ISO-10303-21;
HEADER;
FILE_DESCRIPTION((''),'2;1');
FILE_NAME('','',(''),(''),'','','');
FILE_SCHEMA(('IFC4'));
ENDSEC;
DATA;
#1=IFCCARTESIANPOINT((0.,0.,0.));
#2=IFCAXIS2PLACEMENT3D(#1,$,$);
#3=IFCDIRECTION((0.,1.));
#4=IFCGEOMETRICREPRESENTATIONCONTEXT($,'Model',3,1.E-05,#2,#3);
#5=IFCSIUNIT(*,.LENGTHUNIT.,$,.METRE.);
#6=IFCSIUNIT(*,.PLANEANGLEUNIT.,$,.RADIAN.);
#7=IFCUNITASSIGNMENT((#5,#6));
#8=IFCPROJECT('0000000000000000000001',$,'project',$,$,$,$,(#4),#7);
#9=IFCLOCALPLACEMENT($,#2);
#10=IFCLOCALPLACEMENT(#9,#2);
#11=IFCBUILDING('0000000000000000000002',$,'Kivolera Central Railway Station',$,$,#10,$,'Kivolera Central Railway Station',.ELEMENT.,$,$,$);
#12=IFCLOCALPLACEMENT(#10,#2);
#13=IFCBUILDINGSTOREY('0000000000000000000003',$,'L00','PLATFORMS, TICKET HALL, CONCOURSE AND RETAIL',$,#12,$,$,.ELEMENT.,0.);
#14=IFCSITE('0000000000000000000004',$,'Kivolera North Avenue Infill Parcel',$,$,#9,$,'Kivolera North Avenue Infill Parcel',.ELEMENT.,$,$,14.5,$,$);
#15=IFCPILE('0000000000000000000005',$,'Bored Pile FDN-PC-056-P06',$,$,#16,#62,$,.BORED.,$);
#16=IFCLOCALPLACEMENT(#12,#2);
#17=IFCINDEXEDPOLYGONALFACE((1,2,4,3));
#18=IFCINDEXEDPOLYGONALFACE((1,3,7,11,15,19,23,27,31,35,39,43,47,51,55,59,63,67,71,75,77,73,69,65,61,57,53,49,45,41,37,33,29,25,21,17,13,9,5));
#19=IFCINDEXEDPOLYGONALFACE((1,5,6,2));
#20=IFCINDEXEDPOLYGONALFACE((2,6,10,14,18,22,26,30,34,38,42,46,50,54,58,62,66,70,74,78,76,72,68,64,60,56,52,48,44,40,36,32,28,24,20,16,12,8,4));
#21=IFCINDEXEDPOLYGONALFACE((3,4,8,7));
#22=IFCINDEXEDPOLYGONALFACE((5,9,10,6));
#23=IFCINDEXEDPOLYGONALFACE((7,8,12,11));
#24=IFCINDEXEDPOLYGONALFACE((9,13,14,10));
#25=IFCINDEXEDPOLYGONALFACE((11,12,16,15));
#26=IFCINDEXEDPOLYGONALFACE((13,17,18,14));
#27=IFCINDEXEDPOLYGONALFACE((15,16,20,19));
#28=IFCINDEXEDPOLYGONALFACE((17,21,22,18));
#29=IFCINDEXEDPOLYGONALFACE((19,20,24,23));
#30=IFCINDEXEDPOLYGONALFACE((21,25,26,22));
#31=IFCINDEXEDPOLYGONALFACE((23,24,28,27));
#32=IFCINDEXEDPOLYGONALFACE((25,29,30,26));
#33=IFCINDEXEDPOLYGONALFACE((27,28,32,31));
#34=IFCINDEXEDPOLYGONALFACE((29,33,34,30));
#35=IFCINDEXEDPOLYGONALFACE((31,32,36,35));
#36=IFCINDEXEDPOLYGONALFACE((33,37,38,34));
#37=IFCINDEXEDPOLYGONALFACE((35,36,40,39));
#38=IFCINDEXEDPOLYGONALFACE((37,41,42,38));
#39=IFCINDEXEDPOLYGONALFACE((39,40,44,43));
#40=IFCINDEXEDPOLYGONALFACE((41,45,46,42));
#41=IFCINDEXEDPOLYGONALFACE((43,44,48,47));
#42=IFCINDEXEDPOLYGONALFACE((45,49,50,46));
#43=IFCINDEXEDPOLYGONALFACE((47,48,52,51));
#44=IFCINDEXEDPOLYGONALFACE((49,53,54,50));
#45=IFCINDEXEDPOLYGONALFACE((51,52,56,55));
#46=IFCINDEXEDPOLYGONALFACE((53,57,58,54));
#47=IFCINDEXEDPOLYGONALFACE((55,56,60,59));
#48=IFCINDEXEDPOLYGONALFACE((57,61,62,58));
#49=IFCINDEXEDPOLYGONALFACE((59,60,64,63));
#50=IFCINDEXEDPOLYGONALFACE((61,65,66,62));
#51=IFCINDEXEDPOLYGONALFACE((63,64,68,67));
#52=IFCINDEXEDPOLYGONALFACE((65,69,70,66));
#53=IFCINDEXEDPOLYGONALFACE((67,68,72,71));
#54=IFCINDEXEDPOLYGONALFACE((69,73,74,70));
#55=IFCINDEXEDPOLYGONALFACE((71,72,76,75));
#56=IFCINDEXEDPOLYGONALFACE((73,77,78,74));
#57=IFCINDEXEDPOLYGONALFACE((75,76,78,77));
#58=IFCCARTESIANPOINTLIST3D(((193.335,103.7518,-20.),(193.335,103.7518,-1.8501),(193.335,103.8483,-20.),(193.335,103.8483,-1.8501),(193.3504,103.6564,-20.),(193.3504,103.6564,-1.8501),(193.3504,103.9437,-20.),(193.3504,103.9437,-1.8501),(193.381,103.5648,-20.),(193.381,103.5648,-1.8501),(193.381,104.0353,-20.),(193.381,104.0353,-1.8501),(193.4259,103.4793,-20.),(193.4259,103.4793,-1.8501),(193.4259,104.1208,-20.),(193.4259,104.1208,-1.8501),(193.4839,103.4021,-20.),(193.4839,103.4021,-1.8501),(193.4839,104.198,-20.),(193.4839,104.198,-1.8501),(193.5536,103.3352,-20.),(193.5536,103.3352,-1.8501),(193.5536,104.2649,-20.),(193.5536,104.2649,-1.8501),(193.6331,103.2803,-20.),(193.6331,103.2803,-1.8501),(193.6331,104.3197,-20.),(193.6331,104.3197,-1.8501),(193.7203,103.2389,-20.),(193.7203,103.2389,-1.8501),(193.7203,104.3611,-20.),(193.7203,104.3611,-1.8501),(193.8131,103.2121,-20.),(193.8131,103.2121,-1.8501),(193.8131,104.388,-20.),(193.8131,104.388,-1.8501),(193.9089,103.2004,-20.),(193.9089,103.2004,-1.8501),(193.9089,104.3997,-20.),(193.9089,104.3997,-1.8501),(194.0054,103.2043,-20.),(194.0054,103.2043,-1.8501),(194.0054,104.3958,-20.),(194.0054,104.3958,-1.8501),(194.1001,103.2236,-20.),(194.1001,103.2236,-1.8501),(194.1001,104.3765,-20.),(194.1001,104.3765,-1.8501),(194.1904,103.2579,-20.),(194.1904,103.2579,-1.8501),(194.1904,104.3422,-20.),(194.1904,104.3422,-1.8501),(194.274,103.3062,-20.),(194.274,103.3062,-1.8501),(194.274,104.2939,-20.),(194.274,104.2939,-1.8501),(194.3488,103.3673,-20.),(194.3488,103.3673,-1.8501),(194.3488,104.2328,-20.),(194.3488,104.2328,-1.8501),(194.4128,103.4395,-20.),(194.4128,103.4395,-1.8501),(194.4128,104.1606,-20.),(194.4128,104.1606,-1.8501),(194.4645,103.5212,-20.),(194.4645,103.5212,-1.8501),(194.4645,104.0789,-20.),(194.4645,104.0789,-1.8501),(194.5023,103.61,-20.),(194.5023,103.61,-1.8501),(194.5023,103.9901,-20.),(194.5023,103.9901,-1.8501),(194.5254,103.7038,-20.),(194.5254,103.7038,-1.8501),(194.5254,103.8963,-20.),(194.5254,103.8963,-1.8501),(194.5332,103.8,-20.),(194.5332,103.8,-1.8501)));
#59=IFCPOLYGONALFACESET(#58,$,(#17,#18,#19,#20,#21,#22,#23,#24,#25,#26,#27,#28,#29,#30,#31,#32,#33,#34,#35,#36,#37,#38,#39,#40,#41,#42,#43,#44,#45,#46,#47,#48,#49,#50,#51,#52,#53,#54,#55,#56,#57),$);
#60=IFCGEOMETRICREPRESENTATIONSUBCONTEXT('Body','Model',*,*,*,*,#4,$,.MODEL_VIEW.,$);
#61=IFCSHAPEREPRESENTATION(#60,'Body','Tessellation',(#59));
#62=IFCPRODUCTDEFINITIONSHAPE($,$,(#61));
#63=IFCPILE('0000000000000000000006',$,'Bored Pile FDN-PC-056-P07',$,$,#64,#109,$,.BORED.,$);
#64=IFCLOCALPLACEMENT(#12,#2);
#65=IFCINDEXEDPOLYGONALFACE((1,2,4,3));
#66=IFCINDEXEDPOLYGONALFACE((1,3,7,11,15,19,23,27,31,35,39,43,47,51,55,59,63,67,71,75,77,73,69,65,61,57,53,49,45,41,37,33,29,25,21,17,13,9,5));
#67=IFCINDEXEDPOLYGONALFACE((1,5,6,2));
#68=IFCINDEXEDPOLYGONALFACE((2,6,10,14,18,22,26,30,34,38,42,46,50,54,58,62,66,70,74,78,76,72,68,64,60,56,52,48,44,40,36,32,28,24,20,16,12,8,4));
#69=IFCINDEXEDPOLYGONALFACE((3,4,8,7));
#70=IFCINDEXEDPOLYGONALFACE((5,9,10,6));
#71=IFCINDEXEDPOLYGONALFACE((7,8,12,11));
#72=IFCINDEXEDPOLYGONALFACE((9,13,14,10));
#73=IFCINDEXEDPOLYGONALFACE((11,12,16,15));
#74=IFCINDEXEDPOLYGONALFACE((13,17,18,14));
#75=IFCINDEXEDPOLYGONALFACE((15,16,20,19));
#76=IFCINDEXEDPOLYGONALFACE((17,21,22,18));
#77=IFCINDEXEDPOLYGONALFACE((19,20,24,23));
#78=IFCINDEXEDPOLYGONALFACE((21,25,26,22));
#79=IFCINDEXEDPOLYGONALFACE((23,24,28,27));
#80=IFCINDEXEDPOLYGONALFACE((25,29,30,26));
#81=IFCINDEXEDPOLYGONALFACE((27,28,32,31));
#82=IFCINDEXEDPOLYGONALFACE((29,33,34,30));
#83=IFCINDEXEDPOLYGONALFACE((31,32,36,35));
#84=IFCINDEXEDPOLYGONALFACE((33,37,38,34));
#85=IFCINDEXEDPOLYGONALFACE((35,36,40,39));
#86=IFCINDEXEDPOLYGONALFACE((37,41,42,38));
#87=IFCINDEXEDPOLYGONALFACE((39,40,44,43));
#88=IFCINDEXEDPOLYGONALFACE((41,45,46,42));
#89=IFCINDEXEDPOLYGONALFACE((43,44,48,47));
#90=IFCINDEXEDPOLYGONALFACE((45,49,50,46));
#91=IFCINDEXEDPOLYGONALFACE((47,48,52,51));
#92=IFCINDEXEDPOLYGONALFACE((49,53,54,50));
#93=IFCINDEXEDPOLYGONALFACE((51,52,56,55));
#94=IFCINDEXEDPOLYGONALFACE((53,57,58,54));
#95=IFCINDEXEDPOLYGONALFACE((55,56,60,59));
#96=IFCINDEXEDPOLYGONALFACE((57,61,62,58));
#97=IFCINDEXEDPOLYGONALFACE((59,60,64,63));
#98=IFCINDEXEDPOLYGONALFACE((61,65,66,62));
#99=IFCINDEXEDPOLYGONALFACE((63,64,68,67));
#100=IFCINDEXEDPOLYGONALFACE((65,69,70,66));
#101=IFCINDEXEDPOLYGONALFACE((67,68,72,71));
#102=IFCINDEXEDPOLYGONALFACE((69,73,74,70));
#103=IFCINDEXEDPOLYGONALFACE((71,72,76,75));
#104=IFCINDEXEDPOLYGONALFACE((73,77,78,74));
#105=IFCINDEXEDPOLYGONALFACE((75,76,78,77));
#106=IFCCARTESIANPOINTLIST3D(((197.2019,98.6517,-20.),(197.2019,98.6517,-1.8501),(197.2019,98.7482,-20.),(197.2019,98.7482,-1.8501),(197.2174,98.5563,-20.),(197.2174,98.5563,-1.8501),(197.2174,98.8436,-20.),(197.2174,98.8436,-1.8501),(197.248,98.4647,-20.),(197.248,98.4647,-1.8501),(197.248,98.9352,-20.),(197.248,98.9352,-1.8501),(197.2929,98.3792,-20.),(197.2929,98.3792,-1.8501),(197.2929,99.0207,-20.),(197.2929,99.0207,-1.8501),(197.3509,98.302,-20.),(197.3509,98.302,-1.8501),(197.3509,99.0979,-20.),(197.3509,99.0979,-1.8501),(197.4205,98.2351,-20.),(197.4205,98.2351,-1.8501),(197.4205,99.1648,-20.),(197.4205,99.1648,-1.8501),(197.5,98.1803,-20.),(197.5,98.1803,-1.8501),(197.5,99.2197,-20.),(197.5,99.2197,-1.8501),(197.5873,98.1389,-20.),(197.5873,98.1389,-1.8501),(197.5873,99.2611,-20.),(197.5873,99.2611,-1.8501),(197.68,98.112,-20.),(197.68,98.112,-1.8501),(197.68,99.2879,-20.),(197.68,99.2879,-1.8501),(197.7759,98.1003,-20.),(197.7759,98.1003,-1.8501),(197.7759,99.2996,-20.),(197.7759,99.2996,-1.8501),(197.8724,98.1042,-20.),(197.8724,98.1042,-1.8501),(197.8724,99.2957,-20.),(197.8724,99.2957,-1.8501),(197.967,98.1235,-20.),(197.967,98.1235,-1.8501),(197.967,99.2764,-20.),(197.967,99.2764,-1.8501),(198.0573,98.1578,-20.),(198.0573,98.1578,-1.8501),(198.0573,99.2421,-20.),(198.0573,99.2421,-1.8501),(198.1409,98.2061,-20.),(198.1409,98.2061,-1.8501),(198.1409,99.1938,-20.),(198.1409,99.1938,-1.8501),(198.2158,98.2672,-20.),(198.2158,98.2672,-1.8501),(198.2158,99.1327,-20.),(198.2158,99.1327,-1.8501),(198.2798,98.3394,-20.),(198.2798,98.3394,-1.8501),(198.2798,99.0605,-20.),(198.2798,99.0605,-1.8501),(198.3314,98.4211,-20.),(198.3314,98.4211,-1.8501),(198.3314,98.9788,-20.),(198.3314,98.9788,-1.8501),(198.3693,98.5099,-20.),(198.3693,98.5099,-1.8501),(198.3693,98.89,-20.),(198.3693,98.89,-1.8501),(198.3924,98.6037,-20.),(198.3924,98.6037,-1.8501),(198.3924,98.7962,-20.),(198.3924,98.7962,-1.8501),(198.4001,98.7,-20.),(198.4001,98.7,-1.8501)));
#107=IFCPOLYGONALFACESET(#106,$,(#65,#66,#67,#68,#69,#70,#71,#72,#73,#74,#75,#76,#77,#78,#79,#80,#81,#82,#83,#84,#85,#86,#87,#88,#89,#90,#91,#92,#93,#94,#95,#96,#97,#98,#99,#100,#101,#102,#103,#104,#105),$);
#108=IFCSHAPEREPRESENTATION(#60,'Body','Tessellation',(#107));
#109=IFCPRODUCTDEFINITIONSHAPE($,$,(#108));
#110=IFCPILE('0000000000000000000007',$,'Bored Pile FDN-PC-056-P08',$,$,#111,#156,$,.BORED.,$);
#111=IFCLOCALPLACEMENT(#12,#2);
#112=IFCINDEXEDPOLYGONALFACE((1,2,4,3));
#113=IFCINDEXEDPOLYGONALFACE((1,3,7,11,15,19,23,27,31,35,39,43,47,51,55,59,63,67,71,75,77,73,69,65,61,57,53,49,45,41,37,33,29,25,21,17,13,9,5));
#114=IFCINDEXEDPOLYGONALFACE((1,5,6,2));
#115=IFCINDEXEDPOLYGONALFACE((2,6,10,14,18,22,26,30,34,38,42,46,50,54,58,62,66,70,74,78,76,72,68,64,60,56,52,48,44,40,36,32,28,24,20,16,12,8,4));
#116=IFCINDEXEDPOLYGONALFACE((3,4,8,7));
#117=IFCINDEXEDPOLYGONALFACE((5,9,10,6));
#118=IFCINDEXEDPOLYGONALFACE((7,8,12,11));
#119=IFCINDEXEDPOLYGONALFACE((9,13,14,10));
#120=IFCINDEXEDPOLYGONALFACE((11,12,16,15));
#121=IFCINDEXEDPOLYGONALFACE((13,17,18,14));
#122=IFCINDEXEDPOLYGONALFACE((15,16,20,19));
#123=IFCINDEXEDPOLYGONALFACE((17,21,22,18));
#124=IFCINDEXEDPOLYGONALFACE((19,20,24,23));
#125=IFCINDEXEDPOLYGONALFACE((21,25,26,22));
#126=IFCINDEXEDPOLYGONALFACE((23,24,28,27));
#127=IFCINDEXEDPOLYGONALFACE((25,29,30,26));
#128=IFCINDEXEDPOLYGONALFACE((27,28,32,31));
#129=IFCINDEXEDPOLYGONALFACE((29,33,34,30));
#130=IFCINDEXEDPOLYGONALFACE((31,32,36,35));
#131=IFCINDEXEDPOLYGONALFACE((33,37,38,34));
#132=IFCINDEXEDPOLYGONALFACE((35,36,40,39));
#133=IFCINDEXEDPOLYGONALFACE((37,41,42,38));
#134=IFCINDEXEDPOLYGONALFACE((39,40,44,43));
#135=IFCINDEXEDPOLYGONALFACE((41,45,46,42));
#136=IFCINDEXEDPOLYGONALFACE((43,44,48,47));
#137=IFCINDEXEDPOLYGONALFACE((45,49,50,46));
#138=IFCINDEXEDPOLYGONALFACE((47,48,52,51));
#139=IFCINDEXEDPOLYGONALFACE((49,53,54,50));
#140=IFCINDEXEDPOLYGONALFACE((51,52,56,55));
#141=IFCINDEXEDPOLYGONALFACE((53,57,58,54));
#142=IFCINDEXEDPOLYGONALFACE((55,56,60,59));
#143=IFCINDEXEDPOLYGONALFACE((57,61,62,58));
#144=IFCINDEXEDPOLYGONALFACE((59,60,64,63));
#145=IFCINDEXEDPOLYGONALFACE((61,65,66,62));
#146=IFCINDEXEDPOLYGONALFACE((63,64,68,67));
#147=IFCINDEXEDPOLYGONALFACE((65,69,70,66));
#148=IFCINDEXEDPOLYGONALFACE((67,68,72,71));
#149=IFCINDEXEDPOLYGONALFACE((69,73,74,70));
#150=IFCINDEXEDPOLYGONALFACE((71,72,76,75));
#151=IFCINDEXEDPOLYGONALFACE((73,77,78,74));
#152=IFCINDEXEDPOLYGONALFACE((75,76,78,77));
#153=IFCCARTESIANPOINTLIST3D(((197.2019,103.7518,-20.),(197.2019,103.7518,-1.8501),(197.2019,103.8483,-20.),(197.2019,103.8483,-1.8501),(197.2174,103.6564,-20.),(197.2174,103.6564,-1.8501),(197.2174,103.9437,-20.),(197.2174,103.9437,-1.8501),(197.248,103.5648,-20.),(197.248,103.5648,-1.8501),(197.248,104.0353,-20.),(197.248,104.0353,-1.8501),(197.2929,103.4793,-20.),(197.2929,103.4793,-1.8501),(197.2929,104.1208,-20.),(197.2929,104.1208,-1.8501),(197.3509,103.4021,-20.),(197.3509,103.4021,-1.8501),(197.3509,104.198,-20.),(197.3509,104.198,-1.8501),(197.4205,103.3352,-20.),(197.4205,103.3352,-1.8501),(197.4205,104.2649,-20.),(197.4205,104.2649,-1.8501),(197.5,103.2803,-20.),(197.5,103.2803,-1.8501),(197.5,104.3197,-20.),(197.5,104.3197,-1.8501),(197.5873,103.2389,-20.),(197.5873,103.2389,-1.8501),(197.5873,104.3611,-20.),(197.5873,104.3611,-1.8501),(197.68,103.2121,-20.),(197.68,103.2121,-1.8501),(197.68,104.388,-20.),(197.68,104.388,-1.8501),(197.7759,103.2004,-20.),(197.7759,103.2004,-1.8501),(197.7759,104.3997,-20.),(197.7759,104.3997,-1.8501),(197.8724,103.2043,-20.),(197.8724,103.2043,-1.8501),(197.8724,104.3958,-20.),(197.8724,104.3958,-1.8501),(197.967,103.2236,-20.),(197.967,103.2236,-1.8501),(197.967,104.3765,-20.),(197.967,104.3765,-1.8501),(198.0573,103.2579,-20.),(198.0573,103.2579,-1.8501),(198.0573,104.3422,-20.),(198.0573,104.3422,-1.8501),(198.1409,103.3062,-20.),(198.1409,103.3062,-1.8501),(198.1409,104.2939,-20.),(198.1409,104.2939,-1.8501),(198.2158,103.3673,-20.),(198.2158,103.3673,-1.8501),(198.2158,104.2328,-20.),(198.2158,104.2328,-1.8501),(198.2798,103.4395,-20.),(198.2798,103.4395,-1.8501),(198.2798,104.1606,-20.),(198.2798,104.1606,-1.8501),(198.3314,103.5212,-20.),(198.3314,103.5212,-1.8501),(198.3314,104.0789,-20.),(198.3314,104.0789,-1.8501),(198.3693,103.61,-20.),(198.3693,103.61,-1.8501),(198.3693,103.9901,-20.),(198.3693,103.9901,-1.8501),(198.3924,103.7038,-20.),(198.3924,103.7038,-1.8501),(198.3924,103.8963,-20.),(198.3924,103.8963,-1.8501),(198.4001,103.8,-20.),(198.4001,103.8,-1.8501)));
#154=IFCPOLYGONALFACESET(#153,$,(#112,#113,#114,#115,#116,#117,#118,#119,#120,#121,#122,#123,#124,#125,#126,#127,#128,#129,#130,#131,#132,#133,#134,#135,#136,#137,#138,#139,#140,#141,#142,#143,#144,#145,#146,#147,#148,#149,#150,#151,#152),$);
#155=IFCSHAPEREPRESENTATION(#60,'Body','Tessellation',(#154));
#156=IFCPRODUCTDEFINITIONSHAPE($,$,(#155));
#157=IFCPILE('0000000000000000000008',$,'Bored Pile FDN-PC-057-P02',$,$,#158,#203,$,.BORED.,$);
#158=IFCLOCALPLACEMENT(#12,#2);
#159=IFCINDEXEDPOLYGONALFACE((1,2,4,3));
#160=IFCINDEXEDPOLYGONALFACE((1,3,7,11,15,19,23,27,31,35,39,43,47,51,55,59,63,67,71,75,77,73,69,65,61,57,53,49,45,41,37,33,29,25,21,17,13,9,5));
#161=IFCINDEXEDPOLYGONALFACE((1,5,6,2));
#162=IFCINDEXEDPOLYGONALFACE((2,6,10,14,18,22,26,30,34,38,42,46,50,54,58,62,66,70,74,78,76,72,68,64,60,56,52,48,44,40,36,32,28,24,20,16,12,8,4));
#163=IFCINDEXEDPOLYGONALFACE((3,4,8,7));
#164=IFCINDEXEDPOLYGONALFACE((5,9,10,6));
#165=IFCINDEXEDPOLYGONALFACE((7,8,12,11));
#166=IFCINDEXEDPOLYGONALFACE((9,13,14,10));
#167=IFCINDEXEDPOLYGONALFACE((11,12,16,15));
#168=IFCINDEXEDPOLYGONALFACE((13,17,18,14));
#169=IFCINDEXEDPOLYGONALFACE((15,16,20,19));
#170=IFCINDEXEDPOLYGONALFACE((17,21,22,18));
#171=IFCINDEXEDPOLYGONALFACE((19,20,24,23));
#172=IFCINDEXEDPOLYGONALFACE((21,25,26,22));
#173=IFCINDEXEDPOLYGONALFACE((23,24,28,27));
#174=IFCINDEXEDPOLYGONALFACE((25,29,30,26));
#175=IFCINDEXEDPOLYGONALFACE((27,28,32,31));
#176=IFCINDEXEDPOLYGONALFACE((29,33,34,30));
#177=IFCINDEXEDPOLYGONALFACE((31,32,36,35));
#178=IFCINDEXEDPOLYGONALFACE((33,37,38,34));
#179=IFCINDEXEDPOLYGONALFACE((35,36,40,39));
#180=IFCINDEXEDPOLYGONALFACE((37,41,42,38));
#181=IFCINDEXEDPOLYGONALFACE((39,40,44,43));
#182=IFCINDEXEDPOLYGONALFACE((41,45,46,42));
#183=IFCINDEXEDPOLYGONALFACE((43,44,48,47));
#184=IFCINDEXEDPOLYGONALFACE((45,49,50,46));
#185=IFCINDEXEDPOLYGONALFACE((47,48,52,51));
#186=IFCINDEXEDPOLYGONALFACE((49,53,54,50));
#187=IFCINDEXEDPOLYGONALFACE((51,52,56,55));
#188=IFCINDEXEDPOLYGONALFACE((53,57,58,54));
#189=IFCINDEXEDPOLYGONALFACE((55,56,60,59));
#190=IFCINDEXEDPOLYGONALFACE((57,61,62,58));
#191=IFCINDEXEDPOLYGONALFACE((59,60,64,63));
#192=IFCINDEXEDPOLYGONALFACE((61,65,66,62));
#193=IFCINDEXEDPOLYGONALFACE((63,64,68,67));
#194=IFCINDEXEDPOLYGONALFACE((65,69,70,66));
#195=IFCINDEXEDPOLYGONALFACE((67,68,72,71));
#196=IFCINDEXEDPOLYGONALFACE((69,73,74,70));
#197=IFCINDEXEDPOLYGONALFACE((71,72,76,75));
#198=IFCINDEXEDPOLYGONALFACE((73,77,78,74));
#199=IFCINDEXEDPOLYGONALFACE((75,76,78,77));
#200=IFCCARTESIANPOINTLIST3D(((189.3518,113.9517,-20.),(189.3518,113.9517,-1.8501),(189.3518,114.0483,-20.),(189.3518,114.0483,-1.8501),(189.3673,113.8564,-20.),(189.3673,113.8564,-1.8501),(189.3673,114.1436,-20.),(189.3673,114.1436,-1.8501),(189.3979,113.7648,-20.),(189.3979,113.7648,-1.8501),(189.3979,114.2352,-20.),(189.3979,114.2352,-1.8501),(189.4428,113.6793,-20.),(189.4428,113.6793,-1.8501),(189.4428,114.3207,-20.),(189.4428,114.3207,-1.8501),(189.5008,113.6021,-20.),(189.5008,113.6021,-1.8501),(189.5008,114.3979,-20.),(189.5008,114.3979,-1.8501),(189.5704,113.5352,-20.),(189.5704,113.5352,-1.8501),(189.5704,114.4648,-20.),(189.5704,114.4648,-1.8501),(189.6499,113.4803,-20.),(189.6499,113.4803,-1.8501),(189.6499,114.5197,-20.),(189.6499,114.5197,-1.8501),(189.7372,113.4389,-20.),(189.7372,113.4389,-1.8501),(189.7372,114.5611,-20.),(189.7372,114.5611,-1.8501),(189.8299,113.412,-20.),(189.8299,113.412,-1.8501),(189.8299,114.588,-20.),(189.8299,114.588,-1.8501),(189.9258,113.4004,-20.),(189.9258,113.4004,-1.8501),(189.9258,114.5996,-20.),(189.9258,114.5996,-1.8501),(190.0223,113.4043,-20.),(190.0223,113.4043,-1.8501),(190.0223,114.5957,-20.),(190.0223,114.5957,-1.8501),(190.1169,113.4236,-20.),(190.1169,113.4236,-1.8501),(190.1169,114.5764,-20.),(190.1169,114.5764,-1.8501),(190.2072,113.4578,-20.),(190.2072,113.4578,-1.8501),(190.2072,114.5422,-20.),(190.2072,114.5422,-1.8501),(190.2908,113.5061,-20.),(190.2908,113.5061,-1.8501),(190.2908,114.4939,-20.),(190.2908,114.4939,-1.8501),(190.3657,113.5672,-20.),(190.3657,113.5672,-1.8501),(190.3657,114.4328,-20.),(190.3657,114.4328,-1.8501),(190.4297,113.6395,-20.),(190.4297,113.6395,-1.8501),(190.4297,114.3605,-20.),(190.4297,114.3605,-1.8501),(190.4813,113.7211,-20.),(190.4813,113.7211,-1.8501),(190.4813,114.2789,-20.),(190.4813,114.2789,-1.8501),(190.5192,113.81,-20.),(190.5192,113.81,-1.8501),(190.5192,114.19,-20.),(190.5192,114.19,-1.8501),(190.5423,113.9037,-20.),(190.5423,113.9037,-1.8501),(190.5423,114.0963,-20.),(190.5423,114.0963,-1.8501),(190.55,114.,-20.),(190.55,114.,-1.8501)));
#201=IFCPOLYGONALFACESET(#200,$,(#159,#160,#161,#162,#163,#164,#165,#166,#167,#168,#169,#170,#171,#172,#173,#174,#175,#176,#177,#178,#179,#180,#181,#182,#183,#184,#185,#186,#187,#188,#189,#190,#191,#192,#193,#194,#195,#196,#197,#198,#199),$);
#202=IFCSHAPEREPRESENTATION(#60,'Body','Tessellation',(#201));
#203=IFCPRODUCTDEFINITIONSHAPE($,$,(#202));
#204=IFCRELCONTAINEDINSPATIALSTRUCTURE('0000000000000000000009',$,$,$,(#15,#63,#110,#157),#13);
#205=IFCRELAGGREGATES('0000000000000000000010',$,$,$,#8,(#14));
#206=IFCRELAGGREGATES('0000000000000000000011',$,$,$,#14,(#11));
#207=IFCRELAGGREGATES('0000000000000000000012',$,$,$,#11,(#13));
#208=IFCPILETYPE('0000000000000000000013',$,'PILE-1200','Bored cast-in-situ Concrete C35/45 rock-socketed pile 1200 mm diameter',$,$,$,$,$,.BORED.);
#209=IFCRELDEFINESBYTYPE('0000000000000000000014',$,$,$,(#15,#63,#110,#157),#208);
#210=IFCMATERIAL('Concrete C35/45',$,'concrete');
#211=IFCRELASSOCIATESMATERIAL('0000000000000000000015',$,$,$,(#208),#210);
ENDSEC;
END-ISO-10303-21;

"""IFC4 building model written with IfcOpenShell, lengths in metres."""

from ifc_helpers import new_model, si_unit, direction, frame, origin, origin_2d, place, context, subcontext, project, spatial, circle, extrude, material, material_profile, profile_set, type_object, element, save


model = new_model("IFC4")

# Units and contexts
model_context = context("Model", 3, precision=1e-05, world=origin(), true_north=direction((0.0, 1.0)))
body_context = subcontext(model_context, "Body", "Model", "MODEL_VIEW")
ifc_project = project(units=[si_unit("LENGTHUNIT", "METRE"), si_unit("PLANEANGLEUNIT", "RADIAN")], contexts=[model_context])

# Site, building, storey
site_placement = place(None, origin())
site = spatial("IfcSite", under=ifc_project, at=site_placement, Name="Kivolera North Avenue Infill Parcel", LongName="Kivolera North Avenue Infill Parcel", CompositionType="ELEMENT", RefElevation=14.5)
building_placement = place(site_placement, origin())
building = spatial("IfcBuilding", under=site, at=building_placement, Name="Kivolera Central Railway Station", LongName="Kivolera Central Railway Station", CompositionType="ELEMENT")
storey_placement = place(building_placement, origin())
storey = spatial("IfcBuildingStorey", under=building, at=storey_placement, Name="L00", Description="PLATFORMS, TICKET HALL, CONCOURSE AND RETAIL", CompositionType="ELEMENT", Elevation=0.0)

# Shared definitions
ifc_material_1 = material(Name="Concrete C35/45", Category="concrete")

# Piles
ifc_material_profile_1 = material_profile(ifc_material_1, circle(Radius=0.6001, at=origin_2d()), Name="PILE D1200")
ifc_profile_set_1 = profile_set([ifc_material_profile_1], Name="Concrete C35/45")
pile_type = type_object("IfcPileType", Name="PILE-1200", Description="Bored cast-in-situ Concrete C35/45 rock-socketed pile 1200 mm diameter", PredefinedType="BORED", material=ifc_profile_set_1)
for number, where, z_axis, x_axis, name in (
    (1, (193.9331, 103.8, -1.8501), (0.0, 0.0, -1.0), (1.0, 0.0, 0.0), "Bored Pile FDN-PC-056-P06"),
    (2, (197.8, 98.7, -1.8501), (0.0, 0.0, -1.0), (1.0, 0.0, 0.0), "Bored Pile FDN-PC-056-P07"),
    (3, (197.8, 103.8, -1.8501), (0.0, 0.0, -1.0), (1.0, 0.0, 0.0), "Bored Pile FDN-PC-056-P08"),
    (4, (189.95, 114.0, -1.8501), (0.0, 0.0, -1.0), (1.0, 0.0, 0.0), "Bored Pile FDN-PC-057-P02"),
):
    element("IfcPile", number, at=place(storey_placement, frame(where, z_axis=z_axis, x_axis=x_axis)), inside=storey, type_object=pile_type, Name=name, PredefinedType="BORED", context=body_context, shape_type="SweptSolid", body=[
        extrude(circle(Radius=0.6001, at=origin_2d()), origin(), (0.0, 0.0, 1.0), 18.1499),
    ])

save(model, "model.ifc")
